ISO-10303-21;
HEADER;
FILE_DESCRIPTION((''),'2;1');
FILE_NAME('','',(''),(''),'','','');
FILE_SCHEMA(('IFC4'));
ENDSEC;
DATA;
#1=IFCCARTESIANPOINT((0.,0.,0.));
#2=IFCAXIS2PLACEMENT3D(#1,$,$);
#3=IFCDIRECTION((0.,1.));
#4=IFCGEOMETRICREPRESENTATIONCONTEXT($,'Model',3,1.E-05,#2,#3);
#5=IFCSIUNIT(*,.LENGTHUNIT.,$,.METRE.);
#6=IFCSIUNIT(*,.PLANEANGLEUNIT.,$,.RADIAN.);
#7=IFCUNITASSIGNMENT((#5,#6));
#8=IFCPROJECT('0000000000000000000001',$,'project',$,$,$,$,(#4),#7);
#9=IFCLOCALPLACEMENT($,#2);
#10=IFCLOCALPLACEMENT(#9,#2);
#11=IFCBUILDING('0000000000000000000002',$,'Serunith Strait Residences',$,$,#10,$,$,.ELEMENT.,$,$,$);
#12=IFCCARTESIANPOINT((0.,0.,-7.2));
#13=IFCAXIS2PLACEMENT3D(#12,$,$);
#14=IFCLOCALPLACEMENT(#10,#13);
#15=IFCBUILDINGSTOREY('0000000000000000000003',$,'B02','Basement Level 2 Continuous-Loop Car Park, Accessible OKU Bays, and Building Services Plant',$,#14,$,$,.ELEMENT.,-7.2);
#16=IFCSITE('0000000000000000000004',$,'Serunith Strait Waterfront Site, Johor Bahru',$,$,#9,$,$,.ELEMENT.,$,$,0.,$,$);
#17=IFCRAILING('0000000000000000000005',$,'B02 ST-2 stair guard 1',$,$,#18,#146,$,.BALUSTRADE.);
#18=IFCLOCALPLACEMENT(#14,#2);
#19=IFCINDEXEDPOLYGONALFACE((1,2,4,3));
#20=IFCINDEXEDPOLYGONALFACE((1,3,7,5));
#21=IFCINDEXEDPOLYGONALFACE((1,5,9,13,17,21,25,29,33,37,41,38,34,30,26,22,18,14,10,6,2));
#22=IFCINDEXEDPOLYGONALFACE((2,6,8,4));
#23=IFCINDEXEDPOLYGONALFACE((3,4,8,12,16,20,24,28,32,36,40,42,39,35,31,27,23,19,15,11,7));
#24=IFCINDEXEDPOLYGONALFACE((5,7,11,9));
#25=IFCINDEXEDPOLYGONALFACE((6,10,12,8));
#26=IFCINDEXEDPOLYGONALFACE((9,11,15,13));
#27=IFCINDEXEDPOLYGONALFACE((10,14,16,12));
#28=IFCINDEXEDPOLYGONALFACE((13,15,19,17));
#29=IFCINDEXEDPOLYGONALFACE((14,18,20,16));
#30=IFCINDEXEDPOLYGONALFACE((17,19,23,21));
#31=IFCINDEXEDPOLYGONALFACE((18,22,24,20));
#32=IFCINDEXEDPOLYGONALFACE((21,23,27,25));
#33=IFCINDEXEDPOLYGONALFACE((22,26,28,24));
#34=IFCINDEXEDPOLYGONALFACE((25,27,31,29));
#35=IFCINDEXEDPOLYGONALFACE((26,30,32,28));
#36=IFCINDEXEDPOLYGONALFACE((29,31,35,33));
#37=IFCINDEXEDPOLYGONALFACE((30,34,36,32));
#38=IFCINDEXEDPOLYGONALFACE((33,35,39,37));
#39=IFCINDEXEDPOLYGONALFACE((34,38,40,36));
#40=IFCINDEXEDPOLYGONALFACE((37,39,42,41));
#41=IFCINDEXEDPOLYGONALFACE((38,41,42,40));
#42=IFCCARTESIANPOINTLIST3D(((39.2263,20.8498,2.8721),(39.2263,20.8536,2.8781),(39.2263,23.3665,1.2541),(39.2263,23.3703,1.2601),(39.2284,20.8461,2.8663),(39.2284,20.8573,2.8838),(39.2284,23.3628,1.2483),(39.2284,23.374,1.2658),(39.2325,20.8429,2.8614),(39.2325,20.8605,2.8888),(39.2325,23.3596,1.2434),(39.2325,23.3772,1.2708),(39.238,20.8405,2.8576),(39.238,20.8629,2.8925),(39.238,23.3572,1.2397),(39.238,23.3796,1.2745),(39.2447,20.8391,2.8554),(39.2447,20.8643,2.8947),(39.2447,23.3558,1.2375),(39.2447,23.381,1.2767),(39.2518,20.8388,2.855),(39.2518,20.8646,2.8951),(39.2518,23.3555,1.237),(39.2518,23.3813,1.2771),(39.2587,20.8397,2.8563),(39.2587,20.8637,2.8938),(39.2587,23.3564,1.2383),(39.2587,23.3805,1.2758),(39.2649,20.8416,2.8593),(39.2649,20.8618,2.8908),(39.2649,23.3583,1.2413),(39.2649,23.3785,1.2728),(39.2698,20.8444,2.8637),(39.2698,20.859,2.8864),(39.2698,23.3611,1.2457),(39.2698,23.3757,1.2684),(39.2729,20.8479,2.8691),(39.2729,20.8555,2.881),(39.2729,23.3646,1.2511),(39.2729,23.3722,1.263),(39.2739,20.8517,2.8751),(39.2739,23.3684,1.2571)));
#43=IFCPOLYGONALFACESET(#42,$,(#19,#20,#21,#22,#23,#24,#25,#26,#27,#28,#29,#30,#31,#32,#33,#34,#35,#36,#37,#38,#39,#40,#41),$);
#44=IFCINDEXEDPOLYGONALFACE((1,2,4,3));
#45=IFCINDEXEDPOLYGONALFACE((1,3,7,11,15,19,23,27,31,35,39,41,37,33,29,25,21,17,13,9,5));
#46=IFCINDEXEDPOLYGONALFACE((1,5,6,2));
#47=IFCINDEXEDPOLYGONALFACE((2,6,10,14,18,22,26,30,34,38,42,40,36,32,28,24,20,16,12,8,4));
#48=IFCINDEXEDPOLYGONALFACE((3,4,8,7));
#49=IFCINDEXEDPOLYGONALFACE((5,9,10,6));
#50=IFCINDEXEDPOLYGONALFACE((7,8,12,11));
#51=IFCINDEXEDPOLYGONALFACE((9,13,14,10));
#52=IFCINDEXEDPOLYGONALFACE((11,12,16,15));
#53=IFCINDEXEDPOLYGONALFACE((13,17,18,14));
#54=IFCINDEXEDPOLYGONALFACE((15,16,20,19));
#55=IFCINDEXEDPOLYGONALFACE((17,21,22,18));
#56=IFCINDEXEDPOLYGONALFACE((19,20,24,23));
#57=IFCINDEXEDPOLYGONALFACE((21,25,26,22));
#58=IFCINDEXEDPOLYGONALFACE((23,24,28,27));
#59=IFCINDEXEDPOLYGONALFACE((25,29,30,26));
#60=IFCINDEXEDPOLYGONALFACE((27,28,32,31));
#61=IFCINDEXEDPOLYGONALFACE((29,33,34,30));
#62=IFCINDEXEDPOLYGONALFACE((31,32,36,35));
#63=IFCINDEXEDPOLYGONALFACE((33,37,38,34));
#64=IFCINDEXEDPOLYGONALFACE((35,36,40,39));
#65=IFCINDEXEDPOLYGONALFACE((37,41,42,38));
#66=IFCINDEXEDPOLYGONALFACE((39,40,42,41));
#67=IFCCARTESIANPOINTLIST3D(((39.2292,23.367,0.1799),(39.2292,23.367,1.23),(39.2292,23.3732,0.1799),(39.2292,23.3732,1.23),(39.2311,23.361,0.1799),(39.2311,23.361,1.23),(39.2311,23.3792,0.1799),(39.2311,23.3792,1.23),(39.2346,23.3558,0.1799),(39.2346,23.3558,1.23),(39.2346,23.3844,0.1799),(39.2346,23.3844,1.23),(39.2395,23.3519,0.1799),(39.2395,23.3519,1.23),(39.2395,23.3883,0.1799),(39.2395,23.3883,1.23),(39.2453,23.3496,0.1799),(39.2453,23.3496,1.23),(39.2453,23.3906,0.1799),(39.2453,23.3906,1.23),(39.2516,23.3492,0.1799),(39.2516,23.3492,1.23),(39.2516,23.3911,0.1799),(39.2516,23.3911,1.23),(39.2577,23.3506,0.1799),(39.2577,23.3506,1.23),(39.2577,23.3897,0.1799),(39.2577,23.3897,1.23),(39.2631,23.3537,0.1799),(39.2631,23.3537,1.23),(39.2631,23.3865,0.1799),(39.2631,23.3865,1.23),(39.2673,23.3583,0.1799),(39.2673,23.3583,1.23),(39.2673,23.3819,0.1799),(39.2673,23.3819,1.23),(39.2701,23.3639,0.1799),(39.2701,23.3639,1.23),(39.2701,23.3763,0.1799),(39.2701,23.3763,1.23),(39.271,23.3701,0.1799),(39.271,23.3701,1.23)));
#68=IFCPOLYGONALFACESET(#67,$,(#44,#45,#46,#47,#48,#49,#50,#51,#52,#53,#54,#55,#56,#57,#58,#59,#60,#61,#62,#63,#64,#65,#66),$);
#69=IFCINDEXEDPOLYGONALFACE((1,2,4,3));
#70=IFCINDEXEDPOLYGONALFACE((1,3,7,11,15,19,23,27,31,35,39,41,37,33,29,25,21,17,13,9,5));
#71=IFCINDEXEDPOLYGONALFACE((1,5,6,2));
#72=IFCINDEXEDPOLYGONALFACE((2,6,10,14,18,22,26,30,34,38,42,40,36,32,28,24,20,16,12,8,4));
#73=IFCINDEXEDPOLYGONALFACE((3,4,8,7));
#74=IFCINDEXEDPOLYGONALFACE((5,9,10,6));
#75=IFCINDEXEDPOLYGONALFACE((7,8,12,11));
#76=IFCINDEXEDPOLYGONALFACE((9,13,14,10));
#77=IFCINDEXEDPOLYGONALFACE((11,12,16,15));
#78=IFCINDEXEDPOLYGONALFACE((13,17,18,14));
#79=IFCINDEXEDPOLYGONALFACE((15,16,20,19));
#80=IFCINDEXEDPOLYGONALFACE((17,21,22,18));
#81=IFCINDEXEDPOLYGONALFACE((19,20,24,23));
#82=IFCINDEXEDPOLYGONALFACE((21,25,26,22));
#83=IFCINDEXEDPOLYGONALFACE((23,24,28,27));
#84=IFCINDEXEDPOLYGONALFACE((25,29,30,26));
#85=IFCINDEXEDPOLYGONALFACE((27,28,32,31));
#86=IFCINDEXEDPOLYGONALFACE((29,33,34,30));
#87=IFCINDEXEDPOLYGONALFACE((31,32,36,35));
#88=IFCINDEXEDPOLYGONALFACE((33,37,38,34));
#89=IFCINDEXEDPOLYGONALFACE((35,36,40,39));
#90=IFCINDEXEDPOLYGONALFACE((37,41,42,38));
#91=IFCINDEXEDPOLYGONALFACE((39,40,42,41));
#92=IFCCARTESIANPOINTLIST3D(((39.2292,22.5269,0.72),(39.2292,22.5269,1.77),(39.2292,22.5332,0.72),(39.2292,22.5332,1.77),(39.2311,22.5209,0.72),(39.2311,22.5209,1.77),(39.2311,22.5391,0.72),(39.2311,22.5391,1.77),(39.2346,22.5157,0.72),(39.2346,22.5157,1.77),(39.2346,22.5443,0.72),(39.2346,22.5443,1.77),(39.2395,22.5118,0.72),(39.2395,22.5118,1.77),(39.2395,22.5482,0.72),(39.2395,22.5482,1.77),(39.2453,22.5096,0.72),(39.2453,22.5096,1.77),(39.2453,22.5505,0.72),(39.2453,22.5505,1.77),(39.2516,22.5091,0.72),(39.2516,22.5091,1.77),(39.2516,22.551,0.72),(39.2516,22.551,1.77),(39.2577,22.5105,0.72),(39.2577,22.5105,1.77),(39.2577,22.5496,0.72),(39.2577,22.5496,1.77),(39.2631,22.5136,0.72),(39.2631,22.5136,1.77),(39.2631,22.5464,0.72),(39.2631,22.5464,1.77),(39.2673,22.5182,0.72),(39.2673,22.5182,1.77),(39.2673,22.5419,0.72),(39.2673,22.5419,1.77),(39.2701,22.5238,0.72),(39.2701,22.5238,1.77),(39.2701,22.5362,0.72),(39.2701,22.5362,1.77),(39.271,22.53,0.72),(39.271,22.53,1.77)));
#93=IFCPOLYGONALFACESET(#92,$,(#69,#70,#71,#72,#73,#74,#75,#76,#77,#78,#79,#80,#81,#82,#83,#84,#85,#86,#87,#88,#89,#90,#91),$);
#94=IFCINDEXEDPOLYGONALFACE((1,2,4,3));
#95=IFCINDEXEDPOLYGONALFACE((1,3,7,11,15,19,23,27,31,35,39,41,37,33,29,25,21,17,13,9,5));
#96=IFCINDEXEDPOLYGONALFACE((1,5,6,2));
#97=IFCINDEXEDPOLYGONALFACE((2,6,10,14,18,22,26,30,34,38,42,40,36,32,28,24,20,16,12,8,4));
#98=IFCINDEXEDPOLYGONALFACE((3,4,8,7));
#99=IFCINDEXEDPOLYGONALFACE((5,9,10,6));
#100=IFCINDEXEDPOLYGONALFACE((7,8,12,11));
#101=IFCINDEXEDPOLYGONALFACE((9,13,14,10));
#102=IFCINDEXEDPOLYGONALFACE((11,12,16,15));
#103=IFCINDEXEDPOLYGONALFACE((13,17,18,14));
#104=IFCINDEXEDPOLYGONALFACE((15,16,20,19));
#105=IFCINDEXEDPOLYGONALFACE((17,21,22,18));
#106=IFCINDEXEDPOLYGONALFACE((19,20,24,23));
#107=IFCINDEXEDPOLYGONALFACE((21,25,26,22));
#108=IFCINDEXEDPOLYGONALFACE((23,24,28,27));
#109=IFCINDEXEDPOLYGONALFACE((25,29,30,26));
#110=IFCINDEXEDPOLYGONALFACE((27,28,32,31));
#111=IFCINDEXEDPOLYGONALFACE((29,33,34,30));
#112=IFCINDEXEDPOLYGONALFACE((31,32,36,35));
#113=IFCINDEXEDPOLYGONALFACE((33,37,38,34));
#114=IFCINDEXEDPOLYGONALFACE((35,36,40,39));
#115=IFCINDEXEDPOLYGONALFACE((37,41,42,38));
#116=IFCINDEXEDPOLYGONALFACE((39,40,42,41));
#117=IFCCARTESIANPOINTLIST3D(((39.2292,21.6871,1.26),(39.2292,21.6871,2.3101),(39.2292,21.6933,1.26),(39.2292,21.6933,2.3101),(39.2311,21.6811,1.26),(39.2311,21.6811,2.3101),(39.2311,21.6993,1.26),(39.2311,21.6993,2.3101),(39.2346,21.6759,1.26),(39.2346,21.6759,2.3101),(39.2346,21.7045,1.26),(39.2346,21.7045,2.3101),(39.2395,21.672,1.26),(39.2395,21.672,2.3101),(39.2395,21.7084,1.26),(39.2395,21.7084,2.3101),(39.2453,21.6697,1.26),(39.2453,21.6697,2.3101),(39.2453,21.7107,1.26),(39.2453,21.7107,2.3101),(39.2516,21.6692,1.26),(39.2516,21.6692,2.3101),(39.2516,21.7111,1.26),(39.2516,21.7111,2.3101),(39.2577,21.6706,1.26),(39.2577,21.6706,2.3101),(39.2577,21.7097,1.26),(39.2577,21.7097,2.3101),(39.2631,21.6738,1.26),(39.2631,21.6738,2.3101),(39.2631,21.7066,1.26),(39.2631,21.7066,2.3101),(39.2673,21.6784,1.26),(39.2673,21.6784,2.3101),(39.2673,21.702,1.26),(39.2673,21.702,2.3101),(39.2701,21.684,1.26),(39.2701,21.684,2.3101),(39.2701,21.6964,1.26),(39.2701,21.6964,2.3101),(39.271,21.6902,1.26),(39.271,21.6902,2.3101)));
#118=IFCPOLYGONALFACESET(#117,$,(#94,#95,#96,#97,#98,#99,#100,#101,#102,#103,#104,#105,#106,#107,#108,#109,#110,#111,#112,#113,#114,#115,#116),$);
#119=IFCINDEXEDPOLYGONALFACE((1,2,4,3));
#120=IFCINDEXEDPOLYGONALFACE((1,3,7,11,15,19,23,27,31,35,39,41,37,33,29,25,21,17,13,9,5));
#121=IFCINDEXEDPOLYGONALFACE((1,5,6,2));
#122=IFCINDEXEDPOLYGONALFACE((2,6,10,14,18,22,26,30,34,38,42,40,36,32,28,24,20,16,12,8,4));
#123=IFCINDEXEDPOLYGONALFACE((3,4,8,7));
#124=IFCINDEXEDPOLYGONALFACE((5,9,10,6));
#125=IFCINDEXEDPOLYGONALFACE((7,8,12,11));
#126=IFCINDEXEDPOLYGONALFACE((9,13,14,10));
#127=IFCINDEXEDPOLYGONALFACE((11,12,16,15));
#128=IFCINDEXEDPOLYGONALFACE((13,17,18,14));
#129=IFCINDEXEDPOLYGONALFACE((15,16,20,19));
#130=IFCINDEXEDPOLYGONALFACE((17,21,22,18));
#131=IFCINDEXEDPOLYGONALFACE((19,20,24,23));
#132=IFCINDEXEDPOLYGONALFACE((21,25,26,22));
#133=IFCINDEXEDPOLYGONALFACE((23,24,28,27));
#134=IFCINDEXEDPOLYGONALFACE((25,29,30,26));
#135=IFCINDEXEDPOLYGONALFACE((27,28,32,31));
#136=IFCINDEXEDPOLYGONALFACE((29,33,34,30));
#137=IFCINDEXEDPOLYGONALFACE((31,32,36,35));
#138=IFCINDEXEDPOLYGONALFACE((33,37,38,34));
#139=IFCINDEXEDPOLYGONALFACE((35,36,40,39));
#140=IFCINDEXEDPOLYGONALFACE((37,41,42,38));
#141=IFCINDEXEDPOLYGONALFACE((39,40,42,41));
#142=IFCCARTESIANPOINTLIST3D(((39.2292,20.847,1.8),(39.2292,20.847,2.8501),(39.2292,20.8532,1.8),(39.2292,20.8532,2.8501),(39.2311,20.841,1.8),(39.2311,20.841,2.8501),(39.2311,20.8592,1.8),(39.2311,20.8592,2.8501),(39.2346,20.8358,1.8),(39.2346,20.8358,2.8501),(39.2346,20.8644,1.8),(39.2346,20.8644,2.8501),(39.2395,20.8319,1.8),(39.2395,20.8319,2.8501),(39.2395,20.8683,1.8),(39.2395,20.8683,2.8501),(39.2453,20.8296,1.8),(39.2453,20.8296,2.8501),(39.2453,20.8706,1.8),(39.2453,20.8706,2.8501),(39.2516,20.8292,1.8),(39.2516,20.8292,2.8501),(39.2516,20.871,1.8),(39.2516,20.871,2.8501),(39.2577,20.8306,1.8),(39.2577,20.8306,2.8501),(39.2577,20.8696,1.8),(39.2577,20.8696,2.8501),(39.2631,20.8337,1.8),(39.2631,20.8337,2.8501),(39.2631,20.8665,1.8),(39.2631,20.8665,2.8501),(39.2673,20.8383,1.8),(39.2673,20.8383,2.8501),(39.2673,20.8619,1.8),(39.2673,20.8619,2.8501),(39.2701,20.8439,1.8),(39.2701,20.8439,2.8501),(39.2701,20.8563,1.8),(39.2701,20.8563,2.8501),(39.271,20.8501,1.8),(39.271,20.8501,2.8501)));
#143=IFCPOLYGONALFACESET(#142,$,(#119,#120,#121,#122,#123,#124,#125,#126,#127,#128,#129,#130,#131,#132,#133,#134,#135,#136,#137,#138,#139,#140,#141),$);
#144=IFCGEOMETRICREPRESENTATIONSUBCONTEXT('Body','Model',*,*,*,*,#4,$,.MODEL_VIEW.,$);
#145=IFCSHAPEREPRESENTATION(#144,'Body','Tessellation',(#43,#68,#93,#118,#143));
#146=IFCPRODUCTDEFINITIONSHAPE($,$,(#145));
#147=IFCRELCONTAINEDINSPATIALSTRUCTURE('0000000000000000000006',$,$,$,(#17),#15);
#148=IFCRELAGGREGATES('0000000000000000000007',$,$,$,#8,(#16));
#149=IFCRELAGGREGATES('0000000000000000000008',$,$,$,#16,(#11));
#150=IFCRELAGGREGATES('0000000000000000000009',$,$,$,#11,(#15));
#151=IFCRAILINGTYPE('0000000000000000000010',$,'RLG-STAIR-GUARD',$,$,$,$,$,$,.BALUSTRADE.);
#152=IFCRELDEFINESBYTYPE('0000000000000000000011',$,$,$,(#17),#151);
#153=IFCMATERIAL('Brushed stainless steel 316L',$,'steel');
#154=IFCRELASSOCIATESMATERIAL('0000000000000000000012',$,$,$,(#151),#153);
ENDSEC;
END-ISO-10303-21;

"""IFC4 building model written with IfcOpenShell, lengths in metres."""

from ifc_helpers import new_model, si_unit, direction, frame, origin, origin_2d, place, context, subcontext, project, spatial, circle, extrude, material, type_object, element, save


model = new_model("IFC4")

# Units and contexts
model_context = context("Model", 3, precision=1e-05, world=origin(), true_north=direction((0.0, 1.0)))
body_context = subcontext(model_context, "Body", "Model", "MODEL_VIEW")
ifc_project = project(units=[si_unit("LENGTHUNIT", "METRE"), si_unit("PLANEANGLEUNIT", "RADIAN")], contexts=[model_context])

# Site, building, storey
site_placement = place(None, origin())
site = spatial("IfcSite", under=ifc_project, at=site_placement, Name="Serunith Strait Waterfront Site, Johor Bahru", CompositionType="ELEMENT", RefElevation=0.0)
building_placement = place(site_placement, origin())
building = spatial("IfcBuilding", under=site, at=building_placement, Name="Serunith Strait Residences", CompositionType="ELEMENT")
storey_placement = place(building_placement, frame((0.0, 0.0, -7.2)))
storey = spatial("IfcBuildingStorey", under=building, at=storey_placement, Name="B02", Description="Basement Level 2 Continuous-Loop Car Park, Accessible OKU Bays, and Building Services Plant", CompositionType="ELEMENT", Elevation=-7.2)

# Railing
ifc_material_1 = material(Name="Brushed stainless steel 316L", Category="steel")
railing_type_1 = type_object("IfcRailingType", Name="RLG-STAIR-GUARD", PredefinedType="BALUSTRADE", material=ifc_material_1)
railing_1_placement = place(storey_placement, frame((39.25, 23.3701, 0.1799)))
element("IfcRailing", 1, at=railing_1_placement, inside=storey, type_object=railing_type_1, Name="B02 ST-2 stair guard 1", PredefinedType="BALUSTRADE", context=body_context, shape_type="SweptSolid", body=[
    extrude(circle(Radius=0.0239, at=origin_2d()), frame((0.0, -0.0017, 1.0771), z_axis=(0.0, -0.841163, 0.540782), x_axis=(1.0, 0.0, 0.0)), (0.0, 0.0, 1.0), 2.9919),
    extrude(circle(Radius=0.021, at=origin_2d()), origin(), (0.0, 0.0, 1.0), 1.05),
    extrude(circle(Radius=0.021, at=origin_2d()), frame((0.0, -0.8401, 0.54)), (0.0, 0.0, 1.0), 1.05),
    extrude(circle(Radius=0.021, at=origin_2d()), frame((0.0, -1.6799, 1.0801)), (0.0, 0.0, 1.0), 1.05),
    extrude(circle(Radius=0.021, at=origin_2d()), frame((0.0, -2.52, 1.6201)), (0.0, 0.0, 1.0), 1.05),
])

save(model, "model.ifc")
